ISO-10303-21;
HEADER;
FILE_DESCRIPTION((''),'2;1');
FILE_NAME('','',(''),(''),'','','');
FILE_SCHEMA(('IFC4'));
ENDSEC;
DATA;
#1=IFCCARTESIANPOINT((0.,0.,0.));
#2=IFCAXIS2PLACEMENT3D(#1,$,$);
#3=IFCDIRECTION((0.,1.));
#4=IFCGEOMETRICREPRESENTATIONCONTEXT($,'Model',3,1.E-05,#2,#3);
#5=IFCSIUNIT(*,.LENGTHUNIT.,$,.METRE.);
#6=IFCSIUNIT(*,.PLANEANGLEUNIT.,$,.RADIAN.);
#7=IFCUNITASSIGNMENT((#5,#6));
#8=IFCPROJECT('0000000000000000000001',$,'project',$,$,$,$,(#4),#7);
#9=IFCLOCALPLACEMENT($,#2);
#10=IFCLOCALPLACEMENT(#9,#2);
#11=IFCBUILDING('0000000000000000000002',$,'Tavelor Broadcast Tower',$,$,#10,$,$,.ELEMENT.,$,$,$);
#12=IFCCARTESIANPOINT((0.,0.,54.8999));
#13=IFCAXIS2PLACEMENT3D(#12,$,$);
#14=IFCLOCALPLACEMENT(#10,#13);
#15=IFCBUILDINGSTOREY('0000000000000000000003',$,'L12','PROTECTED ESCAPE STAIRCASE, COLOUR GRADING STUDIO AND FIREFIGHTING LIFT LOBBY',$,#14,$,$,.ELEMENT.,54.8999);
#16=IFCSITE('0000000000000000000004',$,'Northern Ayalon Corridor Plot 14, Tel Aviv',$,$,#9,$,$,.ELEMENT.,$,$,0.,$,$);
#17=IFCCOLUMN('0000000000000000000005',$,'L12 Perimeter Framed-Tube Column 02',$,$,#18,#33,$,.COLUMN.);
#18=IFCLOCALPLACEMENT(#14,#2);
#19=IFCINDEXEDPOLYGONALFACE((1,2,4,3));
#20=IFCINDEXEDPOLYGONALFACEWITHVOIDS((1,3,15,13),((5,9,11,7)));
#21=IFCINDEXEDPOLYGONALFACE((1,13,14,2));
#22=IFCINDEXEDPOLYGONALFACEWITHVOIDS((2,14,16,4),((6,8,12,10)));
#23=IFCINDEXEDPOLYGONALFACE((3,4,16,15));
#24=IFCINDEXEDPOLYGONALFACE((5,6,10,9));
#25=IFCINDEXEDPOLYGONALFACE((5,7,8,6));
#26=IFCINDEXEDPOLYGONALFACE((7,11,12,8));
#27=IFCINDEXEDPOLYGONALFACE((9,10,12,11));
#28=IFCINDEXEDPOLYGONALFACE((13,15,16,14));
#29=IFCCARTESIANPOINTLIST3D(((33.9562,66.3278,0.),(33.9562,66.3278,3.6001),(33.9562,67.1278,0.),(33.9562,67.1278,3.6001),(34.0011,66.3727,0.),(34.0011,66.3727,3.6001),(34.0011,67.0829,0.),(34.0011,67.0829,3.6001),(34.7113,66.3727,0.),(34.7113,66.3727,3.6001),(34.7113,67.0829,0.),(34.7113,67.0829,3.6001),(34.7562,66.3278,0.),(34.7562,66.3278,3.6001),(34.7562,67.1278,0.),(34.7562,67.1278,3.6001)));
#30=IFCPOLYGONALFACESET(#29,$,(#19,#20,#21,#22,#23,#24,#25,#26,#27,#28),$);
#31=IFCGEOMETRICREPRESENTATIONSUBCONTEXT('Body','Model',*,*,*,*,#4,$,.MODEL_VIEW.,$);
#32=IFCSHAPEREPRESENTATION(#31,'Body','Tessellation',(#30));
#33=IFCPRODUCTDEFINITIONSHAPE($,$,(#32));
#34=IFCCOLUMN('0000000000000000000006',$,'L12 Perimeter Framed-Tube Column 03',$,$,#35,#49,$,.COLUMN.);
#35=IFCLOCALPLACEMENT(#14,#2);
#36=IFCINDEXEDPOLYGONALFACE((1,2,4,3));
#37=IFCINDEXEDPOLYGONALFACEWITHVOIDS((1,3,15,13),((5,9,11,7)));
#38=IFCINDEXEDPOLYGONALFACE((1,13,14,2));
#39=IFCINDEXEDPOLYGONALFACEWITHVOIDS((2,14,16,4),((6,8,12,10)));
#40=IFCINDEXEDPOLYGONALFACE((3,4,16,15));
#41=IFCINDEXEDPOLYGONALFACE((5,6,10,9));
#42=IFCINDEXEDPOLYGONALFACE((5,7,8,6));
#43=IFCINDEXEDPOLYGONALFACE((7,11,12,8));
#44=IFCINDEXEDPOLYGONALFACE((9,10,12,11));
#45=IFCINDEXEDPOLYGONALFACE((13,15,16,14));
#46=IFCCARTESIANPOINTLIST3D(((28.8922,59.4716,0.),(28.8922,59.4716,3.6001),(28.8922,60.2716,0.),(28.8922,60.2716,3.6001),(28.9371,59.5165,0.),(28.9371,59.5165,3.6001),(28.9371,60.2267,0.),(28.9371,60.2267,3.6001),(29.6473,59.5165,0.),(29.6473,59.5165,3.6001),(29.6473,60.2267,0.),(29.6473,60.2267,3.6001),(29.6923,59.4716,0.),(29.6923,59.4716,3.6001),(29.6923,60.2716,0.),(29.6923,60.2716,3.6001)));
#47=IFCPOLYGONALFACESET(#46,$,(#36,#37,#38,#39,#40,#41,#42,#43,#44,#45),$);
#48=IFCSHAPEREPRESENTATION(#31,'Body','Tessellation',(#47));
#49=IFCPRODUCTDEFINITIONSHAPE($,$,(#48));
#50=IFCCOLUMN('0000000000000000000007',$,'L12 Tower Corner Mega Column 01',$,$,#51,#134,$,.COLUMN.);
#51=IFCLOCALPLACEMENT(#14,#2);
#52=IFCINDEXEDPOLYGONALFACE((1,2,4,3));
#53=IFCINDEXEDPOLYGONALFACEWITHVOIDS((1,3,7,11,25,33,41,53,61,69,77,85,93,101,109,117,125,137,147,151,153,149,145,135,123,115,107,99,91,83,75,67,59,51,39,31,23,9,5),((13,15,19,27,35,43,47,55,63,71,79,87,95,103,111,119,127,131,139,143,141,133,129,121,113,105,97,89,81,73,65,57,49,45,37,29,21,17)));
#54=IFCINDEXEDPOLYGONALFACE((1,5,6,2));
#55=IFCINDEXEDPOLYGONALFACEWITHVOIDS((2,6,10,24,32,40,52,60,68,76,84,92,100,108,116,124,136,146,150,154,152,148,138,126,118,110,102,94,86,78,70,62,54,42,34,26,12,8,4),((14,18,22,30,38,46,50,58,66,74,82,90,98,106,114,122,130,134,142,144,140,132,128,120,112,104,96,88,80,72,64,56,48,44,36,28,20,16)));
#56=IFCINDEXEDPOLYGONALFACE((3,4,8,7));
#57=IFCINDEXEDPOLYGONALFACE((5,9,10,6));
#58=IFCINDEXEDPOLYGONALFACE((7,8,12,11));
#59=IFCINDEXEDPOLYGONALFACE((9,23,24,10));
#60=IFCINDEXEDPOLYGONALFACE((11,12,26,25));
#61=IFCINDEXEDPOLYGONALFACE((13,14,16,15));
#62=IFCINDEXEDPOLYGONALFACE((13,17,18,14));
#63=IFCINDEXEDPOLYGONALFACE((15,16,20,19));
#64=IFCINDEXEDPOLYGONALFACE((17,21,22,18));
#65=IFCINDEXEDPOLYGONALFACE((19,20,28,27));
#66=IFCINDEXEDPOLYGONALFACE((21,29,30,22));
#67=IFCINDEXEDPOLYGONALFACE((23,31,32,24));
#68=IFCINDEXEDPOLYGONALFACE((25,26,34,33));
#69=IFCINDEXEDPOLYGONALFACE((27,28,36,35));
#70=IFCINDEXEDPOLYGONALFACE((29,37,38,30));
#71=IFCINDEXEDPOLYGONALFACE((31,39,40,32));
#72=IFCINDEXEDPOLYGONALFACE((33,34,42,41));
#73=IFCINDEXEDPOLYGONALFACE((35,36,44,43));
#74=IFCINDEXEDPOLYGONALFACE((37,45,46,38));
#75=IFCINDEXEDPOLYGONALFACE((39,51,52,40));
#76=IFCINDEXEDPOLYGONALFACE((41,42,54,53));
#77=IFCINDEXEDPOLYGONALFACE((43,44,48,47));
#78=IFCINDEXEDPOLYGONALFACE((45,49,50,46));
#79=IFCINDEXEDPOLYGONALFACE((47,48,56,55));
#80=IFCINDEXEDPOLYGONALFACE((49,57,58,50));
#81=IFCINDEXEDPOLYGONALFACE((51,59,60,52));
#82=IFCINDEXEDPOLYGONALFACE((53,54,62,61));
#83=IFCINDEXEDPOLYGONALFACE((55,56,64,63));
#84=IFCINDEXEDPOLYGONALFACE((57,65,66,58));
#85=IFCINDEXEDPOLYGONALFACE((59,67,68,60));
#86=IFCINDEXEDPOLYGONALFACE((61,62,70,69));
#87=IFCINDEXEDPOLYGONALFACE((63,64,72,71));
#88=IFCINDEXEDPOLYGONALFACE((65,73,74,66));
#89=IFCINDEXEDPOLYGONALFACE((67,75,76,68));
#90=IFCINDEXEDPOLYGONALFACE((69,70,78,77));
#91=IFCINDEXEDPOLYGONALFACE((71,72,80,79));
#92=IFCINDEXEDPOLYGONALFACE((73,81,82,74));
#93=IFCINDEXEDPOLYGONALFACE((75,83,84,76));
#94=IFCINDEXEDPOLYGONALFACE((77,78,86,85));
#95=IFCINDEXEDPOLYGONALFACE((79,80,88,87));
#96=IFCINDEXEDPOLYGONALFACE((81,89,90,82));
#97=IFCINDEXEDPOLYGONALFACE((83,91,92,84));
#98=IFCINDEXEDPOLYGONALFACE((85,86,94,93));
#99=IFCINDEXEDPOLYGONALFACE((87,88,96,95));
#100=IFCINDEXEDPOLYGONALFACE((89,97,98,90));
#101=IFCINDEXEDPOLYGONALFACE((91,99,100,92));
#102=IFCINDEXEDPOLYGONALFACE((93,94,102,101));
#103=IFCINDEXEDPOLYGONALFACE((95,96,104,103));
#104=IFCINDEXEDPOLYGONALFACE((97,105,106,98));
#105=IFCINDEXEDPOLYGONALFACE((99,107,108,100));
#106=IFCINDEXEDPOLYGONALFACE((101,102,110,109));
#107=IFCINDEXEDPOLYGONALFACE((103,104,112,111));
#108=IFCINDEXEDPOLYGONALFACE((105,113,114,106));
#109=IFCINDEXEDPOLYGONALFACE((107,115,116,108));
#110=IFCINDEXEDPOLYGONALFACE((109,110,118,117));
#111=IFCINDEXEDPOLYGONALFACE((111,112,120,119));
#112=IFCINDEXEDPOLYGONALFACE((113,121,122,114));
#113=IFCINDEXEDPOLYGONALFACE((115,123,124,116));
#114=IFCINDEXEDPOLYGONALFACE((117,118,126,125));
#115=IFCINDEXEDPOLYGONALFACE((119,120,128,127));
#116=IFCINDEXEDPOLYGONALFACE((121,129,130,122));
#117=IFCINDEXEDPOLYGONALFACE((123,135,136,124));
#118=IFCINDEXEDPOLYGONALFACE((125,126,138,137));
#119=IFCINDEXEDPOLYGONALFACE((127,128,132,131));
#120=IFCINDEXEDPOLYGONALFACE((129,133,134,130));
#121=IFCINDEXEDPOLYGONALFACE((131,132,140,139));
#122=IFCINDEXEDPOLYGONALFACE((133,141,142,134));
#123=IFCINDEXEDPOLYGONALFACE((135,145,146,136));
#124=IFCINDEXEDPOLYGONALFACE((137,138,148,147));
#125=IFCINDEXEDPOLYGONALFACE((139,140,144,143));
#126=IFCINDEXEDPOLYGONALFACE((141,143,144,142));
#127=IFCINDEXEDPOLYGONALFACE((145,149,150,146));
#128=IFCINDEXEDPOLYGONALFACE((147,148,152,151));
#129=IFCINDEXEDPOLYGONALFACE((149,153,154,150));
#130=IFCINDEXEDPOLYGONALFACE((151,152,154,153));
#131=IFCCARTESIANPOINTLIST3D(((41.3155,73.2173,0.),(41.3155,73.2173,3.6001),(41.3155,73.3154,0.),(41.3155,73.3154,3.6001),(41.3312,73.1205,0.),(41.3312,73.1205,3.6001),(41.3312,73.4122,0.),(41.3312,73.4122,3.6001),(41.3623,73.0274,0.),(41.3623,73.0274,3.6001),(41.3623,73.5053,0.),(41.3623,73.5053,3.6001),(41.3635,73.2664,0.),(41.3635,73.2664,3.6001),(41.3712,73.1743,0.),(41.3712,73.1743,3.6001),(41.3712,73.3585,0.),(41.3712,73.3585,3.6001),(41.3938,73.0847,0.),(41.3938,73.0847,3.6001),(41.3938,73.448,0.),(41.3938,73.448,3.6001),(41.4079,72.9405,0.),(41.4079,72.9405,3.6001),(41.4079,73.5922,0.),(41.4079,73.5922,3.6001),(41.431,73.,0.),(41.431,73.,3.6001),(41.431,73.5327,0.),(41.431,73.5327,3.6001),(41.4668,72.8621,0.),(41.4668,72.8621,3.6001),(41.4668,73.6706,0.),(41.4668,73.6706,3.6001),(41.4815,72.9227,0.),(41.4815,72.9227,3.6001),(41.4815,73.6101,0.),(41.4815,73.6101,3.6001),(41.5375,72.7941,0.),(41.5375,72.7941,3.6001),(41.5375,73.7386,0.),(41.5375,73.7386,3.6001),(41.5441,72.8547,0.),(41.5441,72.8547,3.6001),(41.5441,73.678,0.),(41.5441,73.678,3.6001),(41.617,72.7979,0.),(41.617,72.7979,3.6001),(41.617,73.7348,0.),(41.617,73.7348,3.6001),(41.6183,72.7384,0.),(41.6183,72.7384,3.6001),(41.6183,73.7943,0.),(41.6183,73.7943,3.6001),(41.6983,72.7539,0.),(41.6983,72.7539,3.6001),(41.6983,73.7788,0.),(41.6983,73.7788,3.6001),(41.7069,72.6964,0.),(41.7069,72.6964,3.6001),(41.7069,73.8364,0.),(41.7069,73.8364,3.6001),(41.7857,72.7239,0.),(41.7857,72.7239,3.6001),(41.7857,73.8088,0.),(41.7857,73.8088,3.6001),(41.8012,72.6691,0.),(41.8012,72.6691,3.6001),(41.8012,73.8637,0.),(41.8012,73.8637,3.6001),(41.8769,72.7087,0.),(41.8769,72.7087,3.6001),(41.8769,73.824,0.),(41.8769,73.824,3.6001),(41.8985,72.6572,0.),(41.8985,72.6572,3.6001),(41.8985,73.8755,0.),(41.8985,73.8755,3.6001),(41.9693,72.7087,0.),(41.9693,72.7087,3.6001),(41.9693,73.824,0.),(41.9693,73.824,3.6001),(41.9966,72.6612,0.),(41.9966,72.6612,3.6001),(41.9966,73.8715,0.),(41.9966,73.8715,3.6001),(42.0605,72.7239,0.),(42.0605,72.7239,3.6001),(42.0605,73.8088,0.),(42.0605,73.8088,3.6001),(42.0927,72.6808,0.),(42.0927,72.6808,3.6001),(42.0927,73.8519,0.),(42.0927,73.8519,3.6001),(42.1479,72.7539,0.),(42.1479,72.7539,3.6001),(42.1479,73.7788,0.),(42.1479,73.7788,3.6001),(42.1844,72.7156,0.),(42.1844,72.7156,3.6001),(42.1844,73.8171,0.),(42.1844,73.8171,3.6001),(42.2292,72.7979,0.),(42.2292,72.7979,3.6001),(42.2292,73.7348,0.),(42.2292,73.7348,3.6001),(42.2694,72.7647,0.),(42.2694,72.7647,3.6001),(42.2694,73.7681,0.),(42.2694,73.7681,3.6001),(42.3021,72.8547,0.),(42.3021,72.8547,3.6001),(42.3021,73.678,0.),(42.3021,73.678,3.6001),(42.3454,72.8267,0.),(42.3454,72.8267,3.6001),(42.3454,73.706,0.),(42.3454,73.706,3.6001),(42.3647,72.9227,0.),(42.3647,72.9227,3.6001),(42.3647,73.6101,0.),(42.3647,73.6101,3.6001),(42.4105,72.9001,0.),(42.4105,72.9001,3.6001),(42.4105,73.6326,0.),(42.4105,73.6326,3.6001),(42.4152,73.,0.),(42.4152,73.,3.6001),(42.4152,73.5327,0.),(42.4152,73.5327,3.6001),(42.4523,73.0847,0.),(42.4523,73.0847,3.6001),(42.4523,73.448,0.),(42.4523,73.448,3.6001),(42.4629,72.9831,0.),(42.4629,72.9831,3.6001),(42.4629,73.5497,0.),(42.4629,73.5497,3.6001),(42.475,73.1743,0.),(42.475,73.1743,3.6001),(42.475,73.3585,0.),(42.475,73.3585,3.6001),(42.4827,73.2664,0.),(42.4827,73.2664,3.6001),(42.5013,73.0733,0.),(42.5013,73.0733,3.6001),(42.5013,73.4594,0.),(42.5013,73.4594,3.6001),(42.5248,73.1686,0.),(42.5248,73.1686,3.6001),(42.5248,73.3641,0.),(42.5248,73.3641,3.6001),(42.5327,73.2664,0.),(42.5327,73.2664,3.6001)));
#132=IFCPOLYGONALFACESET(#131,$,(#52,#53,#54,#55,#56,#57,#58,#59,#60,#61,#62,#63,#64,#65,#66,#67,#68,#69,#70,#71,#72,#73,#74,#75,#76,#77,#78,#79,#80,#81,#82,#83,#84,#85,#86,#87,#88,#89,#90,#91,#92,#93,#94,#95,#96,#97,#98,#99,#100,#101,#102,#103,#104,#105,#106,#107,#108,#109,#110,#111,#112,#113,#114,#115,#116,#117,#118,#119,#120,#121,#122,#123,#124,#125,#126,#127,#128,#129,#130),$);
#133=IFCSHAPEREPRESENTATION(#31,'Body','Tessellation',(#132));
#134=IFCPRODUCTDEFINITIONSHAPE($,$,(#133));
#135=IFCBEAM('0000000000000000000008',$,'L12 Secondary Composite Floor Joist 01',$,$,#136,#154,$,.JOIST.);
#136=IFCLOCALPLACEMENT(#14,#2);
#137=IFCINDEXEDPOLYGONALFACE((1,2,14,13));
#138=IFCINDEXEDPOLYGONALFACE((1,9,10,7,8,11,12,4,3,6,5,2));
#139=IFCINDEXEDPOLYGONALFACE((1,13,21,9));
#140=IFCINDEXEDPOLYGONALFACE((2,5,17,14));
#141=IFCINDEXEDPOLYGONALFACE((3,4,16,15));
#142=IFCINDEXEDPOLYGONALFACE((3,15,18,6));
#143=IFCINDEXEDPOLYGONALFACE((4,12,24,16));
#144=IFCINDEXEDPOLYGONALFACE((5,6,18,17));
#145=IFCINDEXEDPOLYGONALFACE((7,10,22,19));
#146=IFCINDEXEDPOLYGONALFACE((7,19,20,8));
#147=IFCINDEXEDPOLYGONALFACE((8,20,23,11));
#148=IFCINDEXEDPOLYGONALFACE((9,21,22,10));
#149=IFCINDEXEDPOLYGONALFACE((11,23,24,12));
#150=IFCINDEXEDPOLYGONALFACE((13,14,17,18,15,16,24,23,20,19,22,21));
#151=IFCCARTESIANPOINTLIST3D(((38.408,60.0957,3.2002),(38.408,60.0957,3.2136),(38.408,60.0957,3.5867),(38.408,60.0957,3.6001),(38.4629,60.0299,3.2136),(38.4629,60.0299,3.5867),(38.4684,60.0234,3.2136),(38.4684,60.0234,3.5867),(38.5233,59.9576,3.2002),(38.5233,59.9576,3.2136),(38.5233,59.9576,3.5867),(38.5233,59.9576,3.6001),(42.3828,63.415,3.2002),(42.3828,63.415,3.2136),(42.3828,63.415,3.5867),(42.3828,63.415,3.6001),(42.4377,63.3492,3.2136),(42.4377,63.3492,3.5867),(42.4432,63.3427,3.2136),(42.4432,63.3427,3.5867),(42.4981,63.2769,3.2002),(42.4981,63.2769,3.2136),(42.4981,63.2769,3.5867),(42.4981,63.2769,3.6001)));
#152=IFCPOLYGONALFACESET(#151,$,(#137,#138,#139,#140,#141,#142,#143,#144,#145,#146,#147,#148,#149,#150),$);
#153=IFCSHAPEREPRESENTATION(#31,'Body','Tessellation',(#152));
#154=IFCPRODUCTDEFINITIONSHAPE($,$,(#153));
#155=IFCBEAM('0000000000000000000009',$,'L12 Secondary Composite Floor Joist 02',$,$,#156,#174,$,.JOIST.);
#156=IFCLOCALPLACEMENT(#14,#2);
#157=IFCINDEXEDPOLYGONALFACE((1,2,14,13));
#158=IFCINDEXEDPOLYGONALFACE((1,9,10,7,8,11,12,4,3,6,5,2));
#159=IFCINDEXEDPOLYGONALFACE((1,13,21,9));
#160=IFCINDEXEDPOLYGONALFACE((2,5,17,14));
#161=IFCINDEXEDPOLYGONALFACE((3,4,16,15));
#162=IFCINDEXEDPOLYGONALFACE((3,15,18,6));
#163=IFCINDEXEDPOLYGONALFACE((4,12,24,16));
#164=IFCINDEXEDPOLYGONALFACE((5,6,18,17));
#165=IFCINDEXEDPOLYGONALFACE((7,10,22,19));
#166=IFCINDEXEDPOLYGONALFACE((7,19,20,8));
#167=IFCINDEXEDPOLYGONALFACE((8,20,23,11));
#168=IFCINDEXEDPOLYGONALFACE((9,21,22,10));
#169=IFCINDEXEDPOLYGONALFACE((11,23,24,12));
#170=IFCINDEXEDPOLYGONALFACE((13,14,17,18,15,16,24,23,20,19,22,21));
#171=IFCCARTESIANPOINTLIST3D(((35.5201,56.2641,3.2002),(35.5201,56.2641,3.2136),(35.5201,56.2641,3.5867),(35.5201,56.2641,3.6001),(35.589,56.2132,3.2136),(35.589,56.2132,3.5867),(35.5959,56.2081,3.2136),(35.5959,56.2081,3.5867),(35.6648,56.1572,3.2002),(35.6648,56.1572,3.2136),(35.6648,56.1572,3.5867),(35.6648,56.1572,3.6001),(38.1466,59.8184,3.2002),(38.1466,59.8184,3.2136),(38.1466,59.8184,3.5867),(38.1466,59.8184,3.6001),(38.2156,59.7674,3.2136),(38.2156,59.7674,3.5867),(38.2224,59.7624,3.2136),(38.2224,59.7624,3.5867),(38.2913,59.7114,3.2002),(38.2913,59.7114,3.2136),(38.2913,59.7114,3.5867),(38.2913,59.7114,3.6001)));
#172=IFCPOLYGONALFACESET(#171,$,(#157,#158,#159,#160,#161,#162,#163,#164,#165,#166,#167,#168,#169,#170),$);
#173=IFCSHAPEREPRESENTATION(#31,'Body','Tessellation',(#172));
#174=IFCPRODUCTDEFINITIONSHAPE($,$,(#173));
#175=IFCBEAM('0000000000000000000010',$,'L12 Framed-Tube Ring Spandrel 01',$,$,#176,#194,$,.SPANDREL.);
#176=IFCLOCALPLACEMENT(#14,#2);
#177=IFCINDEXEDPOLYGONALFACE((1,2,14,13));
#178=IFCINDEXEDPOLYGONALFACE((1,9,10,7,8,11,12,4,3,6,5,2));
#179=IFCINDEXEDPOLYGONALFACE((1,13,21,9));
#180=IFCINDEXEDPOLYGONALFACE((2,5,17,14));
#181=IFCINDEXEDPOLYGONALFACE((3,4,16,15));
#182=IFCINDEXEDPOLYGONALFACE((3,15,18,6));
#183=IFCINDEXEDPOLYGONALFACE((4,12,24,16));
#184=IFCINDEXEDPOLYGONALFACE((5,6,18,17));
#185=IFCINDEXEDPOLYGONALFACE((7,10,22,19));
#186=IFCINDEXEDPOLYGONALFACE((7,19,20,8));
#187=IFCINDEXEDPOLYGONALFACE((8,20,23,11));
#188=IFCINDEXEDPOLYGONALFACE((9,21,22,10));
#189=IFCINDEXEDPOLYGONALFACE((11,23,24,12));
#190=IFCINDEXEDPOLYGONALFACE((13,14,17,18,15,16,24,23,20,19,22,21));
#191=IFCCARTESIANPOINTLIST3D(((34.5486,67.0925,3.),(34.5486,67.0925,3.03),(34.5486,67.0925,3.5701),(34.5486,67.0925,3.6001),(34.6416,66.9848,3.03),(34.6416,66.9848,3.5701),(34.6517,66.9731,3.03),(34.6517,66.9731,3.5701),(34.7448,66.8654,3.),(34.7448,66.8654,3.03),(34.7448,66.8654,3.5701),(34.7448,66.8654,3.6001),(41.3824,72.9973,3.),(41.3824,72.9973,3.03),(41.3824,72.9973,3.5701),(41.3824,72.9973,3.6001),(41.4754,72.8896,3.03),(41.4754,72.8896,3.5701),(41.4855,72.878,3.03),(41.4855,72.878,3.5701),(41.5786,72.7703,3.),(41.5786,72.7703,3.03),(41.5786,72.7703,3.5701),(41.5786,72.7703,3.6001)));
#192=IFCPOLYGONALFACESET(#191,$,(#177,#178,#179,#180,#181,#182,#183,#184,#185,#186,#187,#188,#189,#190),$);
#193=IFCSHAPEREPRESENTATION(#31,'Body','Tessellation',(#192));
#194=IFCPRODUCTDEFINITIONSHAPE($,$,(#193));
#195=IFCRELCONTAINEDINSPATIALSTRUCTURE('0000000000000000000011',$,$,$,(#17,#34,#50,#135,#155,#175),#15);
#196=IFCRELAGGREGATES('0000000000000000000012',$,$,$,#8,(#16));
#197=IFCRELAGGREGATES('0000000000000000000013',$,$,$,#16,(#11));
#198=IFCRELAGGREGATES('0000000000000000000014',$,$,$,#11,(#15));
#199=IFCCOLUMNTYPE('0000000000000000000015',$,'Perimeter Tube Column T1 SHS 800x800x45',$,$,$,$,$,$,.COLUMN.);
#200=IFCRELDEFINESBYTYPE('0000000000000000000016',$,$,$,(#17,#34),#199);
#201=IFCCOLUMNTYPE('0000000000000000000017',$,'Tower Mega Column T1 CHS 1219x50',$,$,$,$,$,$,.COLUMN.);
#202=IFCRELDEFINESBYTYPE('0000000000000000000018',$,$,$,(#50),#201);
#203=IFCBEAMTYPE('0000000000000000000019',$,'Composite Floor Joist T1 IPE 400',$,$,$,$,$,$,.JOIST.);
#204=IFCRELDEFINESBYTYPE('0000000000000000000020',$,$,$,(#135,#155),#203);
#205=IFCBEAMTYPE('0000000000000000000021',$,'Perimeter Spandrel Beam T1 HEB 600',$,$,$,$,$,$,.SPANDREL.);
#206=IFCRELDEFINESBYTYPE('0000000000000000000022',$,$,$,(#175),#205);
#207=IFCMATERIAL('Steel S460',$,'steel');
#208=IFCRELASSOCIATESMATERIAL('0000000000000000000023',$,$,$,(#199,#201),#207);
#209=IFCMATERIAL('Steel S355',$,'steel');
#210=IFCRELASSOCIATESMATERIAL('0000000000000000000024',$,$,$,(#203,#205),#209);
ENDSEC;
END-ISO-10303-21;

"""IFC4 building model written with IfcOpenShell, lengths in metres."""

from ifc_helpers import new_model, si_unit, direction, frame, origin, origin_2d, place, context, subcontext, project, spatial, hollow_rectangle, hollow_circle, i_section, extrude, material, material_profile, profile_set, type_object, element, save


model = new_model("IFC4")

# Units and contexts
model_context = context("Model", 3, precision=1e-05, world=origin(), true_north=direction((0.0, 1.0)))
body_context = subcontext(model_context, "Body", "Model", "MODEL_VIEW")
ifc_project = project(units=[si_unit("LENGTHUNIT", "METRE"), si_unit("PLANEANGLEUNIT", "RADIAN")], contexts=[model_context])

# Site, building, storey
site_placement = place(None, origin())
site = spatial("IfcSite", under=ifc_project, at=site_placement, Name="Northern Ayalon Corridor Plot 14, Tel Aviv", CompositionType="ELEMENT", RefElevation=0.0)
building_placement = place(site_placement, origin())
building = spatial("IfcBuilding", under=site, at=building_placement, Name="Tavelor Broadcast Tower", CompositionType="ELEMENT")
storey_placement = place(building_placement, frame((0.0, 0.0, 54.8999)))
storey = spatial("IfcBuildingStorey", under=building, at=storey_placement, Name="L12", Description="PROTECTED ESCAPE STAIRCASE, COLOUR GRADING STUDIO AND FIREFIGHTING LIFT LOBBY", CompositionType="ELEMENT", Elevation=54.8999)

# Columns
ifc_material_1 = material(Name="Steel S460", Category="steel")
ifc_material_profile_1 = material_profile(ifc_material_1, hollow_rectangle(XDim=0.8, YDim=0.8, WallThickness=0.0449, at=origin_2d()), Name="SHS 800x800x45")
ifc_profile_set_1 = profile_set([ifc_material_profile_1], Name="Steel S460")
column_type_1 = type_object("IfcColumnType", Name="Perimeter Tube Column T1 SHS 800x800x45", PredefinedType="COLUMN", material=ifc_profile_set_1)
for number, where, z_axis, x_axis, name in (
    (1, (34.3562, 66.7278, 0.0), (0.0, 0.0, 1.0), (1.0, 0.0, 0.0), "L12 Perimeter Framed-Tube Column 02"),
    (2, (29.2922, 59.8716, 0.0), (0.0, 0.0, 1.0), (1.0, 0.0, 0.0), "L12 Perimeter Framed-Tube Column 03"),
):
    element("IfcColumn", number, at=place(storey_placement, frame(where, z_axis=z_axis, x_axis=x_axis)), inside=storey, type_object=column_type_1, Name=name, PredefinedType="COLUMN", context=body_context, shape_type="SweptSolid", body=[
        extrude(hollow_rectangle(XDim=0.8, YDim=0.8, WallThickness=0.0449, at=origin_2d()), origin(), (0.0, 0.0, 1.0), 3.6001),
    ])
ifc_material_profile_2 = material_profile(ifc_material_1, hollow_circle(Radius=0.6096, WallThickness=0.05, at=origin_2d()), Name="CHS 1219x50")
ifc_profile_set_2 = profile_set([ifc_material_profile_2], Name="Steel S460")
column_type_2 = type_object("IfcColumnType", Name="Tower Mega Column T1 CHS 1219x50", PredefinedType="COLUMN", material=ifc_profile_set_2)
column_placement = place(storey_placement, frame((41.9231, 73.2664, 0.0), z_axis=(0.0, 0.0, 1.0), x_axis=(1.0, 0.0, 0.0)))
element("IfcColumn", 3, at=column_placement, inside=storey, type_object=column_type_2, Name="L12 Tower Corner Mega Column 01", PredefinedType="COLUMN", context=body_context, shape_type="SweptSolid", body=[
    extrude(hollow_circle(Radius=0.6096, WallThickness=0.05, at=origin_2d()), origin(), (0.0, 0.0, 1.0), 3.6001),
])

# Beams
ifc_material_2 = material(Name="Steel S355", Category="steel")
ifc_material_profile_3 = material_profile(ifc_material_2, i_section(OverallWidth=0.1799, OverallDepth=0.3999, WebThickness=0.0085, FlangeThickness=0.0134, at=origin_2d()), Name="IPE 400")
ifc_profile_set_3 = profile_set([ifc_material_profile_3], Name="Steel S355")
beam_type_1 = type_object("IfcBeamType", Name="Composite Floor Joist T1 IPE 400", PredefinedType="JOIST", material=ifc_profile_set_3)
beam_1_placement = place(storey_placement, frame((42.4404, 63.3459, 3.4001), z_axis=(-0.76756, -0.640977, 0.0), x_axis=(0.640977, -0.76756, 0.0)))
element("IfcBeam", 4, at=beam_1_placement, inside=storey, type_object=beam_type_1, Name="L12 Secondary Composite Floor Joist 01", PredefinedType="JOIST", context=body_context, shape_type="SweptSolid", body=[
    extrude(i_section(OverallWidth=0.1799, OverallDepth=0.3999, WebThickness=0.0085, FlangeThickness=0.0134, at=origin_2d()), origin(), (0.0, 0.0, 1.0), 5.1785),
])
beam_2_placement = place(storey_placement, frame((38.219, 59.7649, 3.4001), z_axis=(-0.59431, -0.804236, 0.0), x_axis=(0.804236, -0.59431, 0.0)))
element("IfcBeam", 5, at=beam_2_placement, inside=storey, type_object=beam_type_1, Name="L12 Secondary Composite Floor Joist 02", PredefinedType="JOIST", context=body_context, shape_type="SweptSolid", body=[
    extrude(i_section(OverallWidth=0.1799, OverallDepth=0.3999, WebThickness=0.0085, FlangeThickness=0.0134, at=origin_2d()), origin(), (0.0, 0.0, 1.0), 4.4194),
])
ifc_material_profile_4 = material_profile(ifc_material_2, i_section(OverallWidth=0.3, OverallDepth=0.6001, WebThickness=0.0154, FlangeThickness=0.03, at=origin_2d()), Name="HEB 600")
ifc_profile_set_4 = profile_set([ifc_material_profile_4], Name="Steel S355")
beam_type_2 = type_object("IfcBeamType", Name="Perimeter Spandrel Beam T1 HEB 600", PredefinedType="SPANDREL", material=ifc_profile_set_4)
beam_3_placement = place(storey_placement, frame((41.4805, 72.8838, 3.3), z_axis=(-0.756663, -0.653805, 0.0), x_axis=(0.653805, -0.756663, 0.0)))
element("IfcBeam", 6, at=beam_3_placement, inside=storey, type_object=beam_type_2, Name="L12 Framed-Tube Ring Spandrel 01", PredefinedType="SPANDREL", context=body_context, shape_type="SweptSolid", body=[
    extrude(i_section(OverallWidth=0.3, OverallDepth=0.6001, WebThickness=0.0154, FlangeThickness=0.03, at=origin_2d()), origin(), (0.0, 0.0, 1.0), 9.0315),
])

save(model, "model.ifc")
